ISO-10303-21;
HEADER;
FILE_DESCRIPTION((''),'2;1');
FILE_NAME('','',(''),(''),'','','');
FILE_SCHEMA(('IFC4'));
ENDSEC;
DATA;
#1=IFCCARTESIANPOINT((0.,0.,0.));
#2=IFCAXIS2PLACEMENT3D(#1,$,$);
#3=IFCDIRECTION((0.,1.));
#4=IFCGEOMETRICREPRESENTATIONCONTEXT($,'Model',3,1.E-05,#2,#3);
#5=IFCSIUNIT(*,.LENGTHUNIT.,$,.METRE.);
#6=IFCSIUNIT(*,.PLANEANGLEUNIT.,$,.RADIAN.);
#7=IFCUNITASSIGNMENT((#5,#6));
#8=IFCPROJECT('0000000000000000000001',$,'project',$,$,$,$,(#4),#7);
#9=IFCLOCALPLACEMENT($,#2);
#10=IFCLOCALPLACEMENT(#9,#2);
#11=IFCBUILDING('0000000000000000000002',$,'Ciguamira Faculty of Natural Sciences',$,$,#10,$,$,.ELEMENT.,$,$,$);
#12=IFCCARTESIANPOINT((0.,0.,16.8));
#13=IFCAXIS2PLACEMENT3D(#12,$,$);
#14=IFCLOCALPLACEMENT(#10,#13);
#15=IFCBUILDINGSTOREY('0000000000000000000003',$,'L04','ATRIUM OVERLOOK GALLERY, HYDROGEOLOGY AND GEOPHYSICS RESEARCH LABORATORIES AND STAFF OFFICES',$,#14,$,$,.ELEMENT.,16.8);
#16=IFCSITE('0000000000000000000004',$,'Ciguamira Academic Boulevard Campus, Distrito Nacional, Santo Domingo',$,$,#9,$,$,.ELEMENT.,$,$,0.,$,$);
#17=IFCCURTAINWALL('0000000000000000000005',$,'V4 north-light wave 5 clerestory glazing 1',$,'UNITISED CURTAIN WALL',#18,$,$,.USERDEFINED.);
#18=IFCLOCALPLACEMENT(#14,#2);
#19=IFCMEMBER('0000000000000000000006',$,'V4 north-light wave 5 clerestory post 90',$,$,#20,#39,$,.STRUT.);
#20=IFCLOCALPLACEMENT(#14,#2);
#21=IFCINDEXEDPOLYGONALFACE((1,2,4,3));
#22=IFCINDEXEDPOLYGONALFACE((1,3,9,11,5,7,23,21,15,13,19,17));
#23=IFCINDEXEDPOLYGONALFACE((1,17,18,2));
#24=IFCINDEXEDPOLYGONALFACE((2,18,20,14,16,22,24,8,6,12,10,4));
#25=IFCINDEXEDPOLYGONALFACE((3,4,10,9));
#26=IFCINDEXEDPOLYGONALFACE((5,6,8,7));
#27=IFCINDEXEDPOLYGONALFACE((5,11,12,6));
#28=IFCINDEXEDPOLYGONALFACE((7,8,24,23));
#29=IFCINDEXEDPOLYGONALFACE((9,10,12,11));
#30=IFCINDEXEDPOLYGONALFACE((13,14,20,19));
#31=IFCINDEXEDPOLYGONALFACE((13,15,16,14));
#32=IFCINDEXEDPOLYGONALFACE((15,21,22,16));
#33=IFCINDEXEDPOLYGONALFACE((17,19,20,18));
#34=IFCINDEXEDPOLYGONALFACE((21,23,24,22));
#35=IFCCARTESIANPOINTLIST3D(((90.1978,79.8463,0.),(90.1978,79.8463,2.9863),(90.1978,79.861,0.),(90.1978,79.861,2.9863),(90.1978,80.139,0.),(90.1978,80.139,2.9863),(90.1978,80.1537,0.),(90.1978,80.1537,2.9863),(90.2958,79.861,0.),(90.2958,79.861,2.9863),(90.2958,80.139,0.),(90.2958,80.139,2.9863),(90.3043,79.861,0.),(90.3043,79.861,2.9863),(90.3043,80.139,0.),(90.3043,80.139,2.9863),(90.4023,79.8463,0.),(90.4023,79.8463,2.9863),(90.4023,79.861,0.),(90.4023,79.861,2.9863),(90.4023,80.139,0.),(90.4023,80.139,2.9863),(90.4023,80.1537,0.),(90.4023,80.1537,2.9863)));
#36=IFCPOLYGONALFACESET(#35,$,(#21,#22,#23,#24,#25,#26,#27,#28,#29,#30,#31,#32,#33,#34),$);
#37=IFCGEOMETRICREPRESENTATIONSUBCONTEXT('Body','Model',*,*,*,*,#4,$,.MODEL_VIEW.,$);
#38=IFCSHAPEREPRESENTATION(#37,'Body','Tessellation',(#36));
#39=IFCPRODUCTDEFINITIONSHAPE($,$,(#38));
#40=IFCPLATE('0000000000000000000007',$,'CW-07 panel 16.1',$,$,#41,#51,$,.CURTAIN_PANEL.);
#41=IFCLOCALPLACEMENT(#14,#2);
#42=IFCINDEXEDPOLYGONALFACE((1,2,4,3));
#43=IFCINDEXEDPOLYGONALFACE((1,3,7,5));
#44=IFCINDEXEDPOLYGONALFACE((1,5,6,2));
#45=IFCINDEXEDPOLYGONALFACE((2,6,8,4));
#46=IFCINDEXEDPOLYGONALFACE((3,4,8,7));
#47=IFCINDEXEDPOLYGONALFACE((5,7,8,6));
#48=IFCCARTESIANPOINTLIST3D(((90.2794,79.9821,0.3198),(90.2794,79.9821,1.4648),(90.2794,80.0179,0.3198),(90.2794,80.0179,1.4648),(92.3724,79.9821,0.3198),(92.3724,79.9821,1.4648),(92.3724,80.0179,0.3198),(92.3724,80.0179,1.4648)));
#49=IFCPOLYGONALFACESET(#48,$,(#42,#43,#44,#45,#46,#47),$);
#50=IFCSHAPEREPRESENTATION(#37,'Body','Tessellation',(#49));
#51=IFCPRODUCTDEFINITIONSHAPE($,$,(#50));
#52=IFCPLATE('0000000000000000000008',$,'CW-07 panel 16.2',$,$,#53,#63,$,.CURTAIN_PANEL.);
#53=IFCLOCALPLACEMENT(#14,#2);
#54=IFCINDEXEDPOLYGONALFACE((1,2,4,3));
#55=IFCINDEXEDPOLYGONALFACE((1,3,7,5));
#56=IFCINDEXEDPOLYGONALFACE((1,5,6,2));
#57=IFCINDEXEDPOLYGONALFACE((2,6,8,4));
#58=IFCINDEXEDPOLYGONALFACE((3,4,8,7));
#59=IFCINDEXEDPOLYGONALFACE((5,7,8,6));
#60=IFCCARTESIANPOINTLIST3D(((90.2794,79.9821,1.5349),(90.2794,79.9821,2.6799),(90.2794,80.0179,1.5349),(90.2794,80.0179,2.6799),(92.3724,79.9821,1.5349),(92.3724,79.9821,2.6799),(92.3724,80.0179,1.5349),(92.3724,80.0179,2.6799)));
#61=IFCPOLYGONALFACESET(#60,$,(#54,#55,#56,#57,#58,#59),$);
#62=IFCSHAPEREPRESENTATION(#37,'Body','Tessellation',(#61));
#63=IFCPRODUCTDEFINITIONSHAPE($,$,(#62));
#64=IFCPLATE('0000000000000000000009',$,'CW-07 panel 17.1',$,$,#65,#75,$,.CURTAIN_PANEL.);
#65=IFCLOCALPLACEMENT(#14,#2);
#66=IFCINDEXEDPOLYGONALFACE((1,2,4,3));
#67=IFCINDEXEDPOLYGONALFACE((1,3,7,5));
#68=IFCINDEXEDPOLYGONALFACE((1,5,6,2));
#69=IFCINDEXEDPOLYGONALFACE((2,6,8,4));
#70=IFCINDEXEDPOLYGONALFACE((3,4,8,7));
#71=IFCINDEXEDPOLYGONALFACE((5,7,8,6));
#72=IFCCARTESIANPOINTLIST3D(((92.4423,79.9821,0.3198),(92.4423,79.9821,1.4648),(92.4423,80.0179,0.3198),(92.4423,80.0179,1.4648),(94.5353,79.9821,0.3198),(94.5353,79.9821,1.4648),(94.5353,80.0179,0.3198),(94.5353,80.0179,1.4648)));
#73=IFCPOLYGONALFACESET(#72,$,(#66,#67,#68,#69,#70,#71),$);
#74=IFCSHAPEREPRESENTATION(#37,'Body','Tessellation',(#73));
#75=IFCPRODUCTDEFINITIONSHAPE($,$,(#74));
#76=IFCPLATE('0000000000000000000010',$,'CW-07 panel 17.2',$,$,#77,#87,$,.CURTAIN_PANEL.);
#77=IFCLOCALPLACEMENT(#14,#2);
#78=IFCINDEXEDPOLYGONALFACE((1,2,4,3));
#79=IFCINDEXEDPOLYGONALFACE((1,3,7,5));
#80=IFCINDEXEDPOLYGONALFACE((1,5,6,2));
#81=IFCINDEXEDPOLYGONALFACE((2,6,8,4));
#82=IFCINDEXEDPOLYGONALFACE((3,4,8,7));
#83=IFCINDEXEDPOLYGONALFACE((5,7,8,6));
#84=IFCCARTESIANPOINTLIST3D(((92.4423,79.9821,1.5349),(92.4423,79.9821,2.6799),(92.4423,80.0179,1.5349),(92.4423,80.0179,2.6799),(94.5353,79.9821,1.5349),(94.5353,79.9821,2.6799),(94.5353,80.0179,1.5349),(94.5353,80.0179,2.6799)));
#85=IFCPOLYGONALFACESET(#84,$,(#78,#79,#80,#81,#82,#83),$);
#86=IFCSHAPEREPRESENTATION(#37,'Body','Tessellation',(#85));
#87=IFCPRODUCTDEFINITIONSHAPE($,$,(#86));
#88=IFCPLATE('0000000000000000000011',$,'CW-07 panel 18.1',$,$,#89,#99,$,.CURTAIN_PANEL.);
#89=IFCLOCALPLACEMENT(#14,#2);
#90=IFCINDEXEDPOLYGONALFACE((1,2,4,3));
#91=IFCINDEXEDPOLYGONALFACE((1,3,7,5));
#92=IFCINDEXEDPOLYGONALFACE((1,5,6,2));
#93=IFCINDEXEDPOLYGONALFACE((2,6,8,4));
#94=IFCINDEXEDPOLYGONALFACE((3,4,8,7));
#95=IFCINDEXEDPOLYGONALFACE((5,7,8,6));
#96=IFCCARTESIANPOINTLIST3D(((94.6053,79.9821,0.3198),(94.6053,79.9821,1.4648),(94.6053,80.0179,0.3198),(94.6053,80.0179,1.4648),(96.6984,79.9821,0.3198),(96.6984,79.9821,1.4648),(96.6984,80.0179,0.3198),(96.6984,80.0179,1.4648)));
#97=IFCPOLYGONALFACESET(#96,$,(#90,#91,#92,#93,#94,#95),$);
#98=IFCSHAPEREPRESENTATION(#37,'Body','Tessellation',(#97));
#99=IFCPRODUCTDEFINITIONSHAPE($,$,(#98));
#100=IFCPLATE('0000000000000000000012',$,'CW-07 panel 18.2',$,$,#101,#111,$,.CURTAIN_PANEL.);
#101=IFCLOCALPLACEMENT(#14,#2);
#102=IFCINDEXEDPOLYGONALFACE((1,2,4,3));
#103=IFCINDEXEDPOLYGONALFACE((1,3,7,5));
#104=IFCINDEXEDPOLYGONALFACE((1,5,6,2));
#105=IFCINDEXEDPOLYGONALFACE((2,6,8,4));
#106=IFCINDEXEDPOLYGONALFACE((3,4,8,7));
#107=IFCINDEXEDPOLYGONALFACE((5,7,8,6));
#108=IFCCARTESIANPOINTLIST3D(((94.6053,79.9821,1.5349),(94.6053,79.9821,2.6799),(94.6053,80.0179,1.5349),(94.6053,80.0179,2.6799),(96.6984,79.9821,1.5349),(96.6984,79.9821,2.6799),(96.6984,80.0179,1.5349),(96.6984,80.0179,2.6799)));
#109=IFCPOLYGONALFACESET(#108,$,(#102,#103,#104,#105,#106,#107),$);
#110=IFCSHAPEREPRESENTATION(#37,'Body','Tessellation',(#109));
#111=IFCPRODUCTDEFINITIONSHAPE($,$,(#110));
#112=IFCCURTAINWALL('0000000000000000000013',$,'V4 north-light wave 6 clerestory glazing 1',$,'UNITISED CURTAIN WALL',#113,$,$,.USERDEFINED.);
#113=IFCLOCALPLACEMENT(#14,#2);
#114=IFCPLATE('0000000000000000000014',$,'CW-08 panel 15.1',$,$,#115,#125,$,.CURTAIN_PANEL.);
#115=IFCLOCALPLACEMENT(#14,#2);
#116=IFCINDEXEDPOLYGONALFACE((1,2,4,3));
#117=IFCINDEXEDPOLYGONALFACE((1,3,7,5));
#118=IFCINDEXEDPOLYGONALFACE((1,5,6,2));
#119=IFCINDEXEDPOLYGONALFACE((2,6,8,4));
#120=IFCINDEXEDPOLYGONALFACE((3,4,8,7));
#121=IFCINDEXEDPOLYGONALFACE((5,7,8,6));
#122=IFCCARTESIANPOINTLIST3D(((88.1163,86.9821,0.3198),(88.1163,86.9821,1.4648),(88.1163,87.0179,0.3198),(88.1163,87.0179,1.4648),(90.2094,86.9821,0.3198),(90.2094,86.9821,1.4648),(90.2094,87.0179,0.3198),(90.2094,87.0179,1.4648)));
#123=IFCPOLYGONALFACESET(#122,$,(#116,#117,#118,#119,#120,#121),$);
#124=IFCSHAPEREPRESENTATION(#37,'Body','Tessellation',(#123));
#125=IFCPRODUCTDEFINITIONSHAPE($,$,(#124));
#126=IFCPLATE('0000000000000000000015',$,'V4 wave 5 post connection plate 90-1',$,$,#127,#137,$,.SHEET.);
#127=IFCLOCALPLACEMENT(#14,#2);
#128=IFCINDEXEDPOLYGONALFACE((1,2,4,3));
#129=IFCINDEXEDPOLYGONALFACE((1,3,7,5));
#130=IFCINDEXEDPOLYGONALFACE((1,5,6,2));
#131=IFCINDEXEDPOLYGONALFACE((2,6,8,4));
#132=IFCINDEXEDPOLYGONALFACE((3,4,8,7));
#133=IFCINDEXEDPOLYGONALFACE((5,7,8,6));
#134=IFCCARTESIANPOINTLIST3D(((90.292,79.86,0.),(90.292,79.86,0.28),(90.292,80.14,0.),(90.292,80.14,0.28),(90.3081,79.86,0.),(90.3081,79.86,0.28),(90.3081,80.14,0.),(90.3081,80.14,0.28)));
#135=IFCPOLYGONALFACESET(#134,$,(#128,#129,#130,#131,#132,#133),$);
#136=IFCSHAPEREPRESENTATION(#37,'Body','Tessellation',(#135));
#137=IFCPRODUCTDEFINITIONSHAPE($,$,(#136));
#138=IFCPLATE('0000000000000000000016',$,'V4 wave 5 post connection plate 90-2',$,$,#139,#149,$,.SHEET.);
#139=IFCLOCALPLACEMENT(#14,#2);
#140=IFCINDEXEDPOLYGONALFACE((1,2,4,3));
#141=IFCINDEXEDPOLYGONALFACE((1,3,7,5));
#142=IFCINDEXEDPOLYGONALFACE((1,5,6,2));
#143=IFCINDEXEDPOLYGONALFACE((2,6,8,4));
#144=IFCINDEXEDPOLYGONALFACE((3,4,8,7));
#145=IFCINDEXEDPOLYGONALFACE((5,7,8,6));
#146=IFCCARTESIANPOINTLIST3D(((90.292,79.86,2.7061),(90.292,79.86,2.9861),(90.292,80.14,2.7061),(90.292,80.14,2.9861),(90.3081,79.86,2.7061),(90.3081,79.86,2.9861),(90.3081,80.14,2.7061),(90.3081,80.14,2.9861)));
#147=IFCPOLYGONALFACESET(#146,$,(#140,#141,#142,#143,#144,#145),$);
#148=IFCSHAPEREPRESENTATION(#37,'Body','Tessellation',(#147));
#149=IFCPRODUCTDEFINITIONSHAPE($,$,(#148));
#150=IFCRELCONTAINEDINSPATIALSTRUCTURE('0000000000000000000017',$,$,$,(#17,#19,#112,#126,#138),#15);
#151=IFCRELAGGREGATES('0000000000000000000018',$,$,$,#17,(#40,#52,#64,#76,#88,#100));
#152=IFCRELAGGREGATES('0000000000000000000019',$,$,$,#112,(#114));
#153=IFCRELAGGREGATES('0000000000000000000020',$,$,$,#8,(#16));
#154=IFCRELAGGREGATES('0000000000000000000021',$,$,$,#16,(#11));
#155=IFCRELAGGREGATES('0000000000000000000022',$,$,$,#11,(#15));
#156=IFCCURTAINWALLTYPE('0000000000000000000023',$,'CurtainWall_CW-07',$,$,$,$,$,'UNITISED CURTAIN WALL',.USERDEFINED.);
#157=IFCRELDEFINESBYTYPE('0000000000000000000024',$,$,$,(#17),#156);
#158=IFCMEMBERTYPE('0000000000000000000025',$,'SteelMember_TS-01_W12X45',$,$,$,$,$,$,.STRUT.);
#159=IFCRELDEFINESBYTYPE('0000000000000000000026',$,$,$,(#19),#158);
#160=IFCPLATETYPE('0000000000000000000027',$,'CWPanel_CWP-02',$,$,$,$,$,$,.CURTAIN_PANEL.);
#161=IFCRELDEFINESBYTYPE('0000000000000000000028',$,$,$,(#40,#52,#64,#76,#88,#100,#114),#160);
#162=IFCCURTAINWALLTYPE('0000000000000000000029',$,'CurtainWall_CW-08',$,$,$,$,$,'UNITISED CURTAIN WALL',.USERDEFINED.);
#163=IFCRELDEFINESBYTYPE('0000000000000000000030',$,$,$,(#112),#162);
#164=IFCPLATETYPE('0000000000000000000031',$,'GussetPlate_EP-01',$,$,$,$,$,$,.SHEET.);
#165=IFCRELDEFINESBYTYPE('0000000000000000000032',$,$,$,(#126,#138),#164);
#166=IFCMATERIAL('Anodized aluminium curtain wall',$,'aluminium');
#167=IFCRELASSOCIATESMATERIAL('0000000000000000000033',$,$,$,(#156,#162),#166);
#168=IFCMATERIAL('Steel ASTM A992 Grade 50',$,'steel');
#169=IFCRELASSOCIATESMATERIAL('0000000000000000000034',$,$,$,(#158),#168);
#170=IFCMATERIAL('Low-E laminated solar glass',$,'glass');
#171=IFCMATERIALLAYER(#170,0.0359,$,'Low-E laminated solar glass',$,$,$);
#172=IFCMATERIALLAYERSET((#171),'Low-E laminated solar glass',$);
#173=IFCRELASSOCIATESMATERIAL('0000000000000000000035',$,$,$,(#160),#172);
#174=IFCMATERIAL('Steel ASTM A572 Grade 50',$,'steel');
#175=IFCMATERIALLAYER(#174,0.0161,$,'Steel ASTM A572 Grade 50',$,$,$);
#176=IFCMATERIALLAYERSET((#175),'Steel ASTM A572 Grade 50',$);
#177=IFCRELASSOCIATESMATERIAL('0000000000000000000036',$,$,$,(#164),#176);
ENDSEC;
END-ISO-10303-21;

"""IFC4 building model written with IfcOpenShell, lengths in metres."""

from ifc_helpers import new_model, si_unit, direction, frame, origin, origin_2d, place, context, subcontext, project, spatial, rectangle, i_section, extrude, material, layer, layer_set, material_profile, profile_set, type_object, element, aggregate, save


model = new_model("IFC4")

# Units and contexts
model_context = context("Model", 3, precision=1e-05, world=origin(), true_north=direction((0.0, 1.0)))
body_context = subcontext(model_context, "Body", "Model", "MODEL_VIEW")
ifc_project = project(units=[si_unit("LENGTHUNIT", "METRE"), si_unit("PLANEANGLEUNIT", "RADIAN")], contexts=[model_context])

# Site, building, storey
site_placement = place(None, origin())
site = spatial("IfcSite", under=ifc_project, at=site_placement, Name="Ciguamira Academic Boulevard Campus, Distrito Nacional, Santo Domingo", CompositionType="ELEMENT", RefElevation=0.0)
building_placement = place(site_placement, origin())
building = spatial("IfcBuilding", under=site, at=building_placement, Name="Ciguamira Faculty of Natural Sciences", CompositionType="ELEMENT")
storey_placement = place(building_placement, frame((0.0, 0.0, 16.8)))
storey = spatial("IfcBuildingStorey", under=building, at=storey_placement, Name="L04", Description="ATRIUM OVERLOOK GALLERY, HYDROGEOLOGY AND GEOPHYSICS RESEARCH LABORATORIES AND STAFF OFFICES", CompositionType="ELEMENT", Elevation=16.8)

# Curtain wall
ifc_material_1 = material(Name="Anodized aluminium curtain wall", Category="aluminium")
curtain_wall_type_1 = type_object("IfcCurtainWallType", Name="CurtainWall_CW-07", ElementType="UNITISED CURTAIN WALL", PredefinedType="USERDEFINED", material=ifc_material_1)
curtain_wall_1_placement = place(storey_placement, origin())
curtain_wall_1 = element("IfcCurtainWall", 1, at=curtain_wall_1_placement, inside=storey, type_object=curtain_wall_type_1, Name="V4 north-light wave 5 clerestory glazing 1", ObjectType="UNITISED CURTAIN WALL", PredefinedType="USERDEFINED")

# Member
ifc_material_2 = material(Name="Steel ASTM A992 Grade 50", Category="steel")
ifc_material_profile_1 = material_profile(ifc_material_2, i_section(OverallWidth=0.2046, OverallDepth=0.3074, WebThickness=0.0085, FlangeThickness=0.0146, at=origin_2d()), Name="W12X45")
ifc_profile_set_1 = profile_set([ifc_material_profile_1], Name="Steel ASTM A992 Grade 50")
member_type_1 = type_object("IfcMemberType", Name="SteelMember_TS-01_W12X45", PredefinedType="STRUT", material=ifc_profile_set_1)
member_1_placement = place(storey_placement, frame((90.3, 80.0, 0.0), z_axis=(0.0, 0.0, 1.0), x_axis=(1.0, 0.0, 0.0)))
element("IfcMember", 2, at=member_1_placement, inside=storey, type_object=member_type_1, Name="V4 north-light wave 5 clerestory post 90", PredefinedType="STRUT", context=body_context, shape_type="SweptSolid", body=[
    extrude(i_section(OverallWidth=0.2046, OverallDepth=0.3074, WebThickness=0.0085, FlangeThickness=0.0146, at=origin_2d()), origin(), (0.0, 0.0, 1.0), 2.9863),
])

# Plates
ifc_material_3 = material(Name="Low-E laminated solar glass", Category="glass")
ifc_layer_1 = layer(ifc_material_3, 0.0359, Name="Low-E laminated solar glass")
ifc_layer_set_1 = layer_set([ifc_layer_1], Name="Low-E laminated solar glass")
plate_type_1 = type_object("IfcPlateType", Name="CWPanel_CWP-02", PredefinedType="CURTAIN_PANEL", material=ifc_layer_set_1)
plate_1_placement = place(storey_placement, frame((91.3259, 80.0, 0.3198), z_axis=(0.0, 0.0, 1.0), x_axis=(1.0, 0.0, 0.0)))
plate_1 = element("IfcPlate", 3, at=plate_1_placement, type_object=plate_type_1, Name="CW-07 panel 16.1", PredefinedType="CURTAIN_PANEL", context=body_context, shape_type="SweptSolid", body=[
    extrude(rectangle(XDim=2.093, YDim=0.0359, at=origin_2d()), origin(), (0.0, 0.0, 1.0), 1.145),
])
plate_2_placement = place(storey_placement, frame((91.3259, 80.0, 1.5349), z_axis=(0.0, 0.0, 1.0), x_axis=(1.0, 0.0, 0.0)))
plate_2 = element("IfcPlate", 4, at=plate_2_placement, type_object=plate_type_1, Name="CW-07 panel 16.2", PredefinedType="CURTAIN_PANEL", context=body_context, shape_type="SweptSolid", body=[
    extrude(rectangle(XDim=2.093, YDim=0.0359, at=origin_2d()), origin(), (0.0, 0.0, 1.0), 1.145),
])
plate_3_placement = place(storey_placement, frame((93.4888, 80.0, 0.3198), z_axis=(0.0, 0.0, 1.0), x_axis=(1.0, 0.0, 0.0)))
plate_3 = element("IfcPlate", 5, at=plate_3_placement, type_object=plate_type_1, Name="CW-07 panel 17.1", PredefinedType="CURTAIN_PANEL", context=body_context, shape_type="SweptSolid", body=[
    extrude(rectangle(XDim=2.093, YDim=0.0359, at=origin_2d()), origin(), (0.0, 0.0, 1.0), 1.145),
])
plate_4_placement = place(storey_placement, frame((93.4888, 80.0, 1.5349), z_axis=(0.0, 0.0, 1.0), x_axis=(1.0, 0.0, 0.0)))
plate_4 = element("IfcPlate", 6, at=plate_4_placement, type_object=plate_type_1, Name="CW-07 panel 17.2", PredefinedType="CURTAIN_PANEL", context=body_context, shape_type="SweptSolid", body=[
    extrude(rectangle(XDim=2.093, YDim=0.0359, at=origin_2d()), origin(), (0.0, 0.0, 1.0), 1.145),
])
plate_5_placement = place(storey_placement, frame((95.6519, 80.0, 0.3198), z_axis=(0.0, 0.0, 1.0), x_axis=(1.0, 0.0, 0.0)))
plate_5 = element("IfcPlate", 7, at=plate_5_placement, type_object=plate_type_1, Name="CW-07 panel 18.1", PredefinedType="CURTAIN_PANEL", context=body_context, shape_type="SweptSolid", body=[
    extrude(rectangle(XDim=2.093, YDim=0.0359, at=origin_2d()), origin(), (0.0, 0.0, 1.0), 1.145),
])
plate_6_placement = place(storey_placement, frame((95.6519, 80.0, 1.5349), z_axis=(0.0, 0.0, 1.0), x_axis=(1.0, 0.0, 0.0)))
plate_6 = element("IfcPlate", 8, at=plate_6_placement, type_object=plate_type_1, Name="CW-07 panel 18.2", PredefinedType="CURTAIN_PANEL", context=body_context, shape_type="SweptSolid", body=[
    extrude(rectangle(XDim=2.093, YDim=0.0359, at=origin_2d()), origin(), (0.0, 0.0, 1.0), 1.145),
])
aggregate(curtain_wall_1, [plate_1, plate_2, plate_3, plate_4, plate_5, plate_6])

# Curtain wall, plate
curtain_wall_type_2 = type_object("IfcCurtainWallType", Name="CurtainWall_CW-08", ElementType="UNITISED CURTAIN WALL", PredefinedType="USERDEFINED", material=ifc_material_1)
curtain_wall_2_placement = place(storey_placement, origin())
curtain_wall_2 = element("IfcCurtainWall", 9, at=curtain_wall_2_placement, inside=storey, type_object=curtain_wall_type_2, Name="V4 north-light wave 6 clerestory glazing 1", ObjectType="UNITISED CURTAIN WALL", PredefinedType="USERDEFINED")
plate_7_placement = place(storey_placement, frame((89.1628, 87.0, 0.3198), z_axis=(0.0, 0.0, 1.0), x_axis=(1.0, 0.0, 0.0)))
plate_7 = element("IfcPlate", 10, at=plate_7_placement, type_object=plate_type_1, Name="CW-08 panel 15.1", PredefinedType="CURTAIN_PANEL", context=body_context, shape_type="SweptSolid", body=[
    extrude(rectangle(XDim=2.093, YDim=0.0359, at=origin_2d()), origin(), (0.0, 0.0, 1.0), 1.145),
])
aggregate(curtain_wall_2, [plate_7])

# Plates
ifc_material_4 = material(Name="Steel ASTM A572 Grade 50", Category="steel")
ifc_layer_2 = layer(ifc_material_4, 0.0161, Name="Steel ASTM A572 Grade 50")
ifc_layer_set_2 = layer_set([ifc_layer_2], Name="Steel ASTM A572 Grade 50")
plate_type_2 = type_object("IfcPlateType", Name="GussetPlate_EP-01", PredefinedType="SHEET", material=ifc_layer_set_2)
for number, where, z_axis, x_axis, name in (
    (11, (90.3, 80.0, 0.0), (0.0, 0.0, 1.0), (1.0, 0.0, 0.0), "V4 wave 5 post connection plate 90-1"),
    (12, (90.3, 80.0, 2.7061), (0.0, 0.0, 1.0), (1.0, 0.0, 0.0), "V4 wave 5 post connection plate 90-2"),
):
    element("IfcPlate", number, at=place(storey_placement, frame(where, z_axis=z_axis, x_axis=x_axis)), inside=storey, type_object=plate_type_2, Name=name, PredefinedType="SHEET", context=body_context, shape_type="SweptSolid", body=[
        extrude(rectangle(XDim=0.0161, YDim=0.28, at=origin_2d()), origin(), (0.0, 0.0, 1.0), 0.28),
    ])

save(model, "model.ifc")
